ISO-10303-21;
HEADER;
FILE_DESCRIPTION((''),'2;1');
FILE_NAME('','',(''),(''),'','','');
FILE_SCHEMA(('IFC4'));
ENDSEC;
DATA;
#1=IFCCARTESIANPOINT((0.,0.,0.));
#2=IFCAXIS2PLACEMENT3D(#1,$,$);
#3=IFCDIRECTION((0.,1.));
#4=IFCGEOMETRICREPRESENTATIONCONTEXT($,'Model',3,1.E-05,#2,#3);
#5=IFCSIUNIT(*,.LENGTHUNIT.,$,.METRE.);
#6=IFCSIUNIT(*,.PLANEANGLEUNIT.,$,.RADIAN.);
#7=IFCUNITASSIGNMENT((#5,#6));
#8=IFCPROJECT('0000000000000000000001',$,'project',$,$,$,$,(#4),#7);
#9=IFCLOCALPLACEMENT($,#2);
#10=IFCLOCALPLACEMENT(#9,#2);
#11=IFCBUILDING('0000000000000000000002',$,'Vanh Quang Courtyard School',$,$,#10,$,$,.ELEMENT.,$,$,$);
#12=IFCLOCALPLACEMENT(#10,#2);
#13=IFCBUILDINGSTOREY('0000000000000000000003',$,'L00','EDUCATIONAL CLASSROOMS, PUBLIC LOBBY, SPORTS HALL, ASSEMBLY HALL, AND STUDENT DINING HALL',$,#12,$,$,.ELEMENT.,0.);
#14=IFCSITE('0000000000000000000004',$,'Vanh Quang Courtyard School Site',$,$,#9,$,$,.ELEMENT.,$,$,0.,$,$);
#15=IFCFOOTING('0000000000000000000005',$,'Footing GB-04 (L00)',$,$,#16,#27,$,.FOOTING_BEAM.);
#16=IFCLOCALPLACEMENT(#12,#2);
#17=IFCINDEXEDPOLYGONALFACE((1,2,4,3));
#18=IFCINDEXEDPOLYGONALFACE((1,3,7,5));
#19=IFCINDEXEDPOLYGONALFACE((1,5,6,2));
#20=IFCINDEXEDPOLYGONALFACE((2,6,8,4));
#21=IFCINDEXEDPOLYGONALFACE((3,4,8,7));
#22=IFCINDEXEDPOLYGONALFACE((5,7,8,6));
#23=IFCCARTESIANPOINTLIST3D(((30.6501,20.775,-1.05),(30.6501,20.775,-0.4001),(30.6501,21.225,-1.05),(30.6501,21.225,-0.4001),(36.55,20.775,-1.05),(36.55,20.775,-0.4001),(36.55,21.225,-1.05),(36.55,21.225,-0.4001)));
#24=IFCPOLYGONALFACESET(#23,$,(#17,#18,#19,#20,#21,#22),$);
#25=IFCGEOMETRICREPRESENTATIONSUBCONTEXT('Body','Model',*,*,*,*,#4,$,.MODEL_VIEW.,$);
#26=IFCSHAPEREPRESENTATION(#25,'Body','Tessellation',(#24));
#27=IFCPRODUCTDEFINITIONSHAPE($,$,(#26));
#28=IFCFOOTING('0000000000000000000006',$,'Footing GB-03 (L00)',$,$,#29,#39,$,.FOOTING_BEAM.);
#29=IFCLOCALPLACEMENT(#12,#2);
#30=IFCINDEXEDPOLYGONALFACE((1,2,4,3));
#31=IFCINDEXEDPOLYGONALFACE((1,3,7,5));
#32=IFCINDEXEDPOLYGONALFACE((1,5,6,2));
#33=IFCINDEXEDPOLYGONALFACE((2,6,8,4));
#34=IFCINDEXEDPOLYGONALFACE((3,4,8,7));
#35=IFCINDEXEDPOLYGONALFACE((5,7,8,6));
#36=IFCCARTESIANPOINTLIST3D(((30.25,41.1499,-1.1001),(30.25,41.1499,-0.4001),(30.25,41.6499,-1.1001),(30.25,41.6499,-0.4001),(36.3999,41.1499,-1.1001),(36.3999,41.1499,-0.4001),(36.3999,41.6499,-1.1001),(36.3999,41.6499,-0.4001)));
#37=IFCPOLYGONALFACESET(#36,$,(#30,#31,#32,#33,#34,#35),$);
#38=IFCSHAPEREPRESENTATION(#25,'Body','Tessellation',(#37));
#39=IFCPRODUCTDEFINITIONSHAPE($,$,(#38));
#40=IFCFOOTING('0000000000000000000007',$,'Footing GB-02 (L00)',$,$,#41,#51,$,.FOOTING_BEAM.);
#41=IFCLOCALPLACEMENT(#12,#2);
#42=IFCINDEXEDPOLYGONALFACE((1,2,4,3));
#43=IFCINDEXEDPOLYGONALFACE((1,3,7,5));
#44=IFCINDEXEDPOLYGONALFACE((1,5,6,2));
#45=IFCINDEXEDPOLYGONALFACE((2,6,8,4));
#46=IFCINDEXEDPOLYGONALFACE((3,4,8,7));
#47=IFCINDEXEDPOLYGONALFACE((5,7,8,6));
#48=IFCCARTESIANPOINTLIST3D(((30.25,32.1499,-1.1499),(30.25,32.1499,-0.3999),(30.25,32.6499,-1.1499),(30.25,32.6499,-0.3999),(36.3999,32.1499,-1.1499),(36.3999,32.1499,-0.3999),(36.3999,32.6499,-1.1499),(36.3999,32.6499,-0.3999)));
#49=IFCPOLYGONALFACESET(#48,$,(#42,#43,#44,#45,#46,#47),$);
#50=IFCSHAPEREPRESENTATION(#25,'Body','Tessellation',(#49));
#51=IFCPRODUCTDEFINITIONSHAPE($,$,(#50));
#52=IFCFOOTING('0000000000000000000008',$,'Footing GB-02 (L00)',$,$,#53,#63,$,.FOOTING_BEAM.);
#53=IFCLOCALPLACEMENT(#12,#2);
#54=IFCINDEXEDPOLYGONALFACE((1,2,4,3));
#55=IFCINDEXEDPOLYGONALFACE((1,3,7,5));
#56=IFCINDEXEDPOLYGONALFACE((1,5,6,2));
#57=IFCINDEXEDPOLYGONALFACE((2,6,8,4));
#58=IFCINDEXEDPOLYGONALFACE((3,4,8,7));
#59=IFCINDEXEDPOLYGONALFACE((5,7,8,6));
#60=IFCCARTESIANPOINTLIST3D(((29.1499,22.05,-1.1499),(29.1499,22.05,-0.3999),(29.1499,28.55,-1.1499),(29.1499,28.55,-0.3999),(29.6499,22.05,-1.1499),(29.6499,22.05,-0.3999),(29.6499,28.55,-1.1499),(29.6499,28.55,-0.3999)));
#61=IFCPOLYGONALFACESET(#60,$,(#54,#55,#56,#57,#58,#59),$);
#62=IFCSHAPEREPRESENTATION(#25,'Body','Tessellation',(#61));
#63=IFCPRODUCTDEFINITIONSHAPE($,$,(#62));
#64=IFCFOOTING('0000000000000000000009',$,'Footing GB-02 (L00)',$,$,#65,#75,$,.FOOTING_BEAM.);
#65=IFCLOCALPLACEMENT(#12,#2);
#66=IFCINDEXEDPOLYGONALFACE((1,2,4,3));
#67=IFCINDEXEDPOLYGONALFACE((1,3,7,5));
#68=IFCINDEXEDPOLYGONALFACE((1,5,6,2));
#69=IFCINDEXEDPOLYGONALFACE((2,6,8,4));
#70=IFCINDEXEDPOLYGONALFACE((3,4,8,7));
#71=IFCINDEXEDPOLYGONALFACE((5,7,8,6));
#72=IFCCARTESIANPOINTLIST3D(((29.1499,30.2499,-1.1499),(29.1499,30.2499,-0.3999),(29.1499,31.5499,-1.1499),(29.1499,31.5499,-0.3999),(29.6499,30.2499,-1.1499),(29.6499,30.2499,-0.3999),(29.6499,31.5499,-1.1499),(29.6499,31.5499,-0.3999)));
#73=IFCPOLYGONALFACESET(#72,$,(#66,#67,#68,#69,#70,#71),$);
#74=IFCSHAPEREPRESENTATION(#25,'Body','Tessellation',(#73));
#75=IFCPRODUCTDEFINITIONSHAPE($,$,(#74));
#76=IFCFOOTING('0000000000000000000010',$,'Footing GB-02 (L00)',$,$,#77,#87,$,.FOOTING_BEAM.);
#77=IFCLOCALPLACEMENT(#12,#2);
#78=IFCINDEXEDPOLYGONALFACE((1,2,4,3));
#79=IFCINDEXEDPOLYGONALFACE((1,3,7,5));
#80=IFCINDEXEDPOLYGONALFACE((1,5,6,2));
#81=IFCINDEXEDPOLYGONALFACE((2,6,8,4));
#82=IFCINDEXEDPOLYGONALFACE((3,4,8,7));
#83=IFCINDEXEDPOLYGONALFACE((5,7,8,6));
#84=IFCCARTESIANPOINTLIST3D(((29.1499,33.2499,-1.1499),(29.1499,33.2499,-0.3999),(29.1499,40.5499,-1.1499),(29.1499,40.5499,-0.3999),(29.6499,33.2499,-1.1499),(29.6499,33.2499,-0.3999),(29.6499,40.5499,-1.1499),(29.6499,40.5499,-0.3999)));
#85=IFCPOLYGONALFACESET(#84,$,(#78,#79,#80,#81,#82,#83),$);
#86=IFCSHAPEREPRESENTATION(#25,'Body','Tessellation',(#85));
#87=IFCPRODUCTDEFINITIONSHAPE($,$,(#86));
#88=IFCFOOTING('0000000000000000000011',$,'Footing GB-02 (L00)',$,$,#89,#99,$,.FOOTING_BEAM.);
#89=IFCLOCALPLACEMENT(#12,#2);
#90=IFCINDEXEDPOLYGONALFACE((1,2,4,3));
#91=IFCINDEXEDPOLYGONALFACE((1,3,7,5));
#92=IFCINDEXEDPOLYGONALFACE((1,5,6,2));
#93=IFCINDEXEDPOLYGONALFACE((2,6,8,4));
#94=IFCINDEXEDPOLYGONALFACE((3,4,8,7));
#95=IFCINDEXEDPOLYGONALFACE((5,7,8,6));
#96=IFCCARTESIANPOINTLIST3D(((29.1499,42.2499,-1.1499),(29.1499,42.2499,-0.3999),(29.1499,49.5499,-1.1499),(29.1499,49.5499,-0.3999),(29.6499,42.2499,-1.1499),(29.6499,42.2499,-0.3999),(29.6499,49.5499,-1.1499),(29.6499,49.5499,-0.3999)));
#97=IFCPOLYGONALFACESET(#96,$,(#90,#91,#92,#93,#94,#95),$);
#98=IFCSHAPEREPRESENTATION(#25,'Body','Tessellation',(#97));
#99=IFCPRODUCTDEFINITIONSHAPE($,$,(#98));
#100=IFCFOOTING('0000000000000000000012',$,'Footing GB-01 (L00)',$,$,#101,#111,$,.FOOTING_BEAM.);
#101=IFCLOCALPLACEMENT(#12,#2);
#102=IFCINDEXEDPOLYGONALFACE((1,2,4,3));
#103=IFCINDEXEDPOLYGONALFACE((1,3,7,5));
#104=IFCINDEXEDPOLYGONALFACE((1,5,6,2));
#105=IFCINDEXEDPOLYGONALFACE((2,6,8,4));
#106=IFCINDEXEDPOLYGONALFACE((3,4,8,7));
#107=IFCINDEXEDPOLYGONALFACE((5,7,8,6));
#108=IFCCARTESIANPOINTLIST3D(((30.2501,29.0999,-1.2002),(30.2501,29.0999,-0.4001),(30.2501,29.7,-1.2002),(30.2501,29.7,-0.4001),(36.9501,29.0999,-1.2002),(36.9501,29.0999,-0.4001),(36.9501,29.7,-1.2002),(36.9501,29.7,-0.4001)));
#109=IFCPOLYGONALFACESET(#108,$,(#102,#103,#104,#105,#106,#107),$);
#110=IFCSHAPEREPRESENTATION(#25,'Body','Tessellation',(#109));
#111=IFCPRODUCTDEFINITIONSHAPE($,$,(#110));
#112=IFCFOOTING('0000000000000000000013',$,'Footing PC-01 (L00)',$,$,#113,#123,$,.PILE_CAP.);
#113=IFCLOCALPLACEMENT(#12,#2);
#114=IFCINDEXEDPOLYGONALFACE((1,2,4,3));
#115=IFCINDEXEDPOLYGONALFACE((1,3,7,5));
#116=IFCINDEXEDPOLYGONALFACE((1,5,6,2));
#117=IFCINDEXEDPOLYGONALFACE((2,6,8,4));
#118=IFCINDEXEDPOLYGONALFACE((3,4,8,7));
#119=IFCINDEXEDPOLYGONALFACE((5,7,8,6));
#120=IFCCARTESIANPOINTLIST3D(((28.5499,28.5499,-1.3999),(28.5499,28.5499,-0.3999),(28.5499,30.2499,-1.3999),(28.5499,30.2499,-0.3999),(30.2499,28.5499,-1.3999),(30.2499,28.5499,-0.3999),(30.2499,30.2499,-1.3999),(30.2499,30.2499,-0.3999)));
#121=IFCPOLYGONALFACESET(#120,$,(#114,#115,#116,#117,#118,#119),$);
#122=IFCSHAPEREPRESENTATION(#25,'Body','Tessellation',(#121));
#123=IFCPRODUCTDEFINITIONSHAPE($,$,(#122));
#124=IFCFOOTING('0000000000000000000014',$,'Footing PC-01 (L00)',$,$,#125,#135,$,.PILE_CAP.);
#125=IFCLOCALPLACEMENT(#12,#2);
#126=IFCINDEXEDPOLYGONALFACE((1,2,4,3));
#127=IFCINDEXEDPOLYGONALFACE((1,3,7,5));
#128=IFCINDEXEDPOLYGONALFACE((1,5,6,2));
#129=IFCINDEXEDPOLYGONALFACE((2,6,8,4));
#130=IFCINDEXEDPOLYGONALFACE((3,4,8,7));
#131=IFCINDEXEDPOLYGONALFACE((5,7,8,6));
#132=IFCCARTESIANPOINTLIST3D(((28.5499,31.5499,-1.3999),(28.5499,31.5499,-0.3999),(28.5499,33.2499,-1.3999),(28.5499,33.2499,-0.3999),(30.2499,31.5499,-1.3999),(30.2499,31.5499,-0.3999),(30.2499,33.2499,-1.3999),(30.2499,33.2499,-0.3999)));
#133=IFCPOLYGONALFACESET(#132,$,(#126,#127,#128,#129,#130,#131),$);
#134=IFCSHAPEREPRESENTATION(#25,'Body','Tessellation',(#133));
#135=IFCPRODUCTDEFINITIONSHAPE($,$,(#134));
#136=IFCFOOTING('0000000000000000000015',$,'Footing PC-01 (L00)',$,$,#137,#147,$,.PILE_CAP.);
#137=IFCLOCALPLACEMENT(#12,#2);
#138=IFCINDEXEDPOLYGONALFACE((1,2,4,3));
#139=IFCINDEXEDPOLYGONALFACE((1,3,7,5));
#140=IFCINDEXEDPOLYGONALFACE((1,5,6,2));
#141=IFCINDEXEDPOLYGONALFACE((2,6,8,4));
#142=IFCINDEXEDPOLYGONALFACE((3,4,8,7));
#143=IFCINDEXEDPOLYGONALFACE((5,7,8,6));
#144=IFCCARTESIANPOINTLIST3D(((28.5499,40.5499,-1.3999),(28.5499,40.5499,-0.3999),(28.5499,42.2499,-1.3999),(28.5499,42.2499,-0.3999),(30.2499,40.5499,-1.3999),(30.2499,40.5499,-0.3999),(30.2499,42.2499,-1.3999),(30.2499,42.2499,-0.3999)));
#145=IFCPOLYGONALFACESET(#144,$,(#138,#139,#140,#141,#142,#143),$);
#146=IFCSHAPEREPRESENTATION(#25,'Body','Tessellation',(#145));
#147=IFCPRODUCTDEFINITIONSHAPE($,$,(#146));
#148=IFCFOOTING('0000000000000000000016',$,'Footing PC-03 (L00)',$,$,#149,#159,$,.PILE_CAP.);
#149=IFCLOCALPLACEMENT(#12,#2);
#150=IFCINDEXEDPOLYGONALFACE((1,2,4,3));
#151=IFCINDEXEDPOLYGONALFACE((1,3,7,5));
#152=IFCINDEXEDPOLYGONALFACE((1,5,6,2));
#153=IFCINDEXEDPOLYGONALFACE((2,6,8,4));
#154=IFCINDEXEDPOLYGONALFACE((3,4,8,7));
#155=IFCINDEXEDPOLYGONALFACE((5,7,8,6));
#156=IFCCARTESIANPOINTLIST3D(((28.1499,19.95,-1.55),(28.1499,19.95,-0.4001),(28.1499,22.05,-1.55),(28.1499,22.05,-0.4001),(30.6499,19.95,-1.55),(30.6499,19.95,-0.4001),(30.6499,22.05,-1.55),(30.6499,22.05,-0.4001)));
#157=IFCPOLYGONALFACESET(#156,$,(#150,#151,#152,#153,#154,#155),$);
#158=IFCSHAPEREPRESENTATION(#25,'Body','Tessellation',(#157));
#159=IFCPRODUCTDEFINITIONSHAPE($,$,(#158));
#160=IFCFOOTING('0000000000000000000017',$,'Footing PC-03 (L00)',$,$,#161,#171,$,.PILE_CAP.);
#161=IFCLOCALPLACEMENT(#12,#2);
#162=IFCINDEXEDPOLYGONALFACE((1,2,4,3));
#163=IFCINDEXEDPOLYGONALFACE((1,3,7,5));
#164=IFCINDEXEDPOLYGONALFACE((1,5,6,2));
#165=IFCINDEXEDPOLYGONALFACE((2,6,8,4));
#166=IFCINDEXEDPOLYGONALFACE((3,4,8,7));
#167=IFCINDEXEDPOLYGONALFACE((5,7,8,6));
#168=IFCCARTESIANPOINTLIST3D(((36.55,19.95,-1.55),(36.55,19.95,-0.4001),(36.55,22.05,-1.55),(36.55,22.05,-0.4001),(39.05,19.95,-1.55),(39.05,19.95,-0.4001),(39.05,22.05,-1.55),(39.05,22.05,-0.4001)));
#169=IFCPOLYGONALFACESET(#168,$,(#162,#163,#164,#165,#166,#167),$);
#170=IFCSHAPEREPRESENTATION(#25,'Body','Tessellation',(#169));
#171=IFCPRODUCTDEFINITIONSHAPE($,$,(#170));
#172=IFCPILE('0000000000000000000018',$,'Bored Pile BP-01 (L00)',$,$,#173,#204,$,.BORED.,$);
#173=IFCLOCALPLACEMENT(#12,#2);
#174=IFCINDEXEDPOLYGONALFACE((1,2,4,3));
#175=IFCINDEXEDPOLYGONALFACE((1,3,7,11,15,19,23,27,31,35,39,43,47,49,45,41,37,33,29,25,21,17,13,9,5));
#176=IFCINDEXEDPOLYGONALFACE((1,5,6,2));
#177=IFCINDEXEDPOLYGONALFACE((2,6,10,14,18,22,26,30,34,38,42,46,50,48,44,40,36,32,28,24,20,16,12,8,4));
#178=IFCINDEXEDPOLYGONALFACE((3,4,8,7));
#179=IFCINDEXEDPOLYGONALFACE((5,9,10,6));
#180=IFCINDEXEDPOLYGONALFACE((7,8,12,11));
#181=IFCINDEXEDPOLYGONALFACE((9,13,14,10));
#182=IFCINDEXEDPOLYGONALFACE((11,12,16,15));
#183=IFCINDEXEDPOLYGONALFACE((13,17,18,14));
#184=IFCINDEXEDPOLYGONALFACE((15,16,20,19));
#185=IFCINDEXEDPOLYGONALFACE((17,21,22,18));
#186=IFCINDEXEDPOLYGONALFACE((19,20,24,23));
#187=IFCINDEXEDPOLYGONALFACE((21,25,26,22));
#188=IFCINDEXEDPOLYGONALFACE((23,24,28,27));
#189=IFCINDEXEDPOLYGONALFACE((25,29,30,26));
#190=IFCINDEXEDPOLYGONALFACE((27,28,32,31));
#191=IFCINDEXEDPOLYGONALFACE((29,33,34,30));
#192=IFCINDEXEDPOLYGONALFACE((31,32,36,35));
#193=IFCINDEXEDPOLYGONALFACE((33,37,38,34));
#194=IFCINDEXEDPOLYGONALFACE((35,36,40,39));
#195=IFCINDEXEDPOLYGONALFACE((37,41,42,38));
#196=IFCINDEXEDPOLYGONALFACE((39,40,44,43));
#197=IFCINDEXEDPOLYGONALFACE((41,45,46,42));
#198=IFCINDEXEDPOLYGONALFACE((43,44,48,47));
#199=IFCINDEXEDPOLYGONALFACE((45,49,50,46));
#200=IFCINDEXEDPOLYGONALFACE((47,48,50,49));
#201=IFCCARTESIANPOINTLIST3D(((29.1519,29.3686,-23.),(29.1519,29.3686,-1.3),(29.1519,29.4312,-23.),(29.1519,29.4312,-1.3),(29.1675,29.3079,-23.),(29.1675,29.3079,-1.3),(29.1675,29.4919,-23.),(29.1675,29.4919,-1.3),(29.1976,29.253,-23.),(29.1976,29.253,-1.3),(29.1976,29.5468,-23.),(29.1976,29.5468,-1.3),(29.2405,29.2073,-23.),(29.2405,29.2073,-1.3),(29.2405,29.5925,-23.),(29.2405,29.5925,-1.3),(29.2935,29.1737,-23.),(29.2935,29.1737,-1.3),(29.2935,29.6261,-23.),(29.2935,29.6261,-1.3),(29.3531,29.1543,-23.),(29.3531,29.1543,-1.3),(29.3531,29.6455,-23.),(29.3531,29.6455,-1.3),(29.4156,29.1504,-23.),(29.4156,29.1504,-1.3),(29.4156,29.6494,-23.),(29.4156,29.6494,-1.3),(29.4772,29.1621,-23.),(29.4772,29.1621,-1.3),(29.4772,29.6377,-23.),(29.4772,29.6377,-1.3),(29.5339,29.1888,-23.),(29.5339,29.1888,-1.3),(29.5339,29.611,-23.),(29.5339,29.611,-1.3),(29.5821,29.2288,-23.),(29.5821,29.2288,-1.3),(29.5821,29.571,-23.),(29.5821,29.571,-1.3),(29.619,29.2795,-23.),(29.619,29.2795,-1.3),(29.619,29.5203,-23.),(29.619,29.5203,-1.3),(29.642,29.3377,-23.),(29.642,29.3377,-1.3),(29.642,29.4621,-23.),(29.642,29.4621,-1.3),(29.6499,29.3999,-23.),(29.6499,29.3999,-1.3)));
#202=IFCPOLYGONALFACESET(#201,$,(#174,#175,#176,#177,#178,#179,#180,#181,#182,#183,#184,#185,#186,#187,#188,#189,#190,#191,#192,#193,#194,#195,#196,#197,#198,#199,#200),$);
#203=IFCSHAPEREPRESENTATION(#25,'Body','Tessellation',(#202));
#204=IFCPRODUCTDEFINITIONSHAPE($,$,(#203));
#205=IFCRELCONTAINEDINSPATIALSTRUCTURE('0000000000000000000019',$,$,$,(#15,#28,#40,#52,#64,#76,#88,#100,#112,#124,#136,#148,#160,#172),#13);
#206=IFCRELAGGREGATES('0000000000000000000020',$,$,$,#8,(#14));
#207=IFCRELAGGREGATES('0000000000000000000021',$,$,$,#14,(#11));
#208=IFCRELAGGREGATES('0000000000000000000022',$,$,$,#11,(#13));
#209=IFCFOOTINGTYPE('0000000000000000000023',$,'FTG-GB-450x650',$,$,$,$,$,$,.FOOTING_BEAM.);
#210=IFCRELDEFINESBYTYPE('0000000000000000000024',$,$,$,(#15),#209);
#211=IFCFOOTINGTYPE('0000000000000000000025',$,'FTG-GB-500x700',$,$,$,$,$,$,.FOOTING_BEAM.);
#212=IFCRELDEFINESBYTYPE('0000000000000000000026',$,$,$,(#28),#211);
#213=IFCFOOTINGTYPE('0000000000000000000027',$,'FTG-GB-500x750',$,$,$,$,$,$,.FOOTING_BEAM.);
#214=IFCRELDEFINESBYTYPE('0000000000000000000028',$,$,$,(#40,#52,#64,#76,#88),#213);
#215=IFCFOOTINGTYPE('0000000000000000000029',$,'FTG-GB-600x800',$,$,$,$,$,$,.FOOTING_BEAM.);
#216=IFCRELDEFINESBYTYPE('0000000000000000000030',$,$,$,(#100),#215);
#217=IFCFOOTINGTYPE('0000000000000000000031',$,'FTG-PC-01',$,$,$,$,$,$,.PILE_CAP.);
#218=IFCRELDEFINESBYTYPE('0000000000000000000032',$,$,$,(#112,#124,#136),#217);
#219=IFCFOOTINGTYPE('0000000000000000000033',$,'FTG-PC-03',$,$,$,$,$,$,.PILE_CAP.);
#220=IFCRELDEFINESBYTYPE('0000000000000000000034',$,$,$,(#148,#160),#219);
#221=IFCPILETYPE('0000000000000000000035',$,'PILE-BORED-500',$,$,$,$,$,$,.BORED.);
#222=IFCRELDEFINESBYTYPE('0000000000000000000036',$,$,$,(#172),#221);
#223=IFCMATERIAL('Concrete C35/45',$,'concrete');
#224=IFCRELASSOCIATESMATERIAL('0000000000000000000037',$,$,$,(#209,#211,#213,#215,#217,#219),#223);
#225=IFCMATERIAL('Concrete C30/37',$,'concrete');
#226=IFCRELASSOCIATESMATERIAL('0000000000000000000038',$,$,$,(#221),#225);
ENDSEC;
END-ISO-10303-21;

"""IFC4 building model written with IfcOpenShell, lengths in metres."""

from ifc_helpers import new_model, si_unit, direction, frame, origin, origin_2d, place, context, subcontext, project, spatial, rectangle, circle, extrude, material, material_profile, profile_set, type_object, element, save


model = new_model("IFC4")

# Units and contexts
model_context = context("Model", 3, precision=1e-05, world=origin(), true_north=direction((0.0, 1.0)))
body_context = subcontext(model_context, "Body", "Model", "MODEL_VIEW")
ifc_project = project(units=[si_unit("LENGTHUNIT", "METRE"), si_unit("PLANEANGLEUNIT", "RADIAN")], contexts=[model_context])

# Site, building, storey
site_placement = place(None, origin())
site = spatial("IfcSite", under=ifc_project, at=site_placement, Name="Vanh Quang Courtyard School Site", CompositionType="ELEMENT", RefElevation=0.0)
building_placement = place(site_placement, origin())
building = spatial("IfcBuilding", under=site, at=building_placement, Name="Vanh Quang Courtyard School", CompositionType="ELEMENT")
storey_placement = place(building_placement, origin())
storey = spatial("IfcBuildingStorey", under=building, at=storey_placement, Name="L00", Description="EDUCATIONAL CLASSROOMS, PUBLIC LOBBY, SPORTS HALL, ASSEMBLY HALL, AND STUDENT DINING HALL", CompositionType="ELEMENT", Elevation=0.0)

# Footings
ifc_material_1 = material(Name="Concrete C35/45", Category="concrete")
footing_type_1 = type_object("IfcFootingType", Name="FTG-GB-450x650", PredefinedType="FOOTING_BEAM", material=ifc_material_1)
footing_1_placement = place(storey_placement, frame((33.6001, 21.0, -1.05), z_axis=(0.0, 0.0, 1.0), x_axis=(1.0, 0.0, 0.0)))
element("IfcFooting", 1, at=footing_1_placement, inside=storey, type_object=footing_type_1, Name="Footing GB-04 (L00)", PredefinedType="FOOTING_BEAM", context=body_context, shape_type="SweptSolid", body=[
    extrude(rectangle(XDim=5.8999, YDim=0.45, at=origin_2d()), origin(), (0.0, 0.0, 1.0), 0.6499),
])
footing_type_2 = type_object("IfcFootingType", Name="FTG-GB-500x700", PredefinedType="FOOTING_BEAM", material=ifc_material_1)
footing_2_placement = place(storey_placement, frame((33.325, 41.3999, -1.1001), z_axis=(0.0, 0.0, 1.0), x_axis=(1.0, 0.0, 0.0)))
element("IfcFooting", 2, at=footing_2_placement, inside=storey, type_object=footing_type_2, Name="Footing GB-03 (L00)", PredefinedType="FOOTING_BEAM", context=body_context, shape_type="SweptSolid", body=[
    extrude(rectangle(XDim=6.1499, YDim=0.5, at=origin_2d()), origin(), (0.0, 0.0, 1.0), 0.7),
])
footing_type_3 = type_object("IfcFootingType", Name="FTG-GB-500x750", PredefinedType="FOOTING_BEAM", material=ifc_material_1)
footing_3_placement = place(storey_placement, frame((33.325, 32.3999, -1.1499), z_axis=(0.0, 0.0, 1.0), x_axis=(1.0, 0.0, 0.0)))
element("IfcFooting", 3, at=footing_3_placement, inside=storey, type_object=footing_type_3, Name="Footing GB-02 (L00)", PredefinedType="FOOTING_BEAM", context=body_context, shape_type="SweptSolid", body=[
    extrude(rectangle(XDim=6.1499, YDim=0.5, at=origin_2d()), origin(), (0.0, 0.0, 1.0), 0.75),
])
footing_4_placement = place(storey_placement, frame((29.3999, 25.3, -1.1499), z_axis=(0.0, 0.0, 1.0), x_axis=(0.0, 1.0, 0.0)))
element("IfcFooting", 4, at=footing_4_placement, inside=storey, type_object=footing_type_3, Name="Footing GB-02 (L00)", PredefinedType="FOOTING_BEAM", context=body_context, shape_type="SweptSolid", body=[
    extrude(rectangle(XDim=6.5, YDim=0.5, at=origin_2d()), origin(), (0.0, 0.0, 1.0), 0.75),
])
footing_5_placement = place(storey_placement, frame((29.3999, 30.8999, -1.1499), z_axis=(0.0, 0.0, 1.0), x_axis=(0.0, 1.0, 0.0)))
element("IfcFooting", 5, at=footing_5_placement, inside=storey, type_object=footing_type_3, Name="Footing GB-02 (L00)", PredefinedType="FOOTING_BEAM", context=body_context, shape_type="SweptSolid", body=[
    extrude(rectangle(XDim=1.3, YDim=0.5, at=origin_2d()), origin(), (0.0, 0.0, 1.0), 0.75),
])
for number, where, z_axis, x_axis, name in (
    (6, (29.3999, 36.8999, -1.1499), (0.0, 0.0, 1.0), (0.0, 1.0, 0.0), "Footing GB-02 (L00)"),
    (7, (29.3999, 45.8999, -1.1499), (0.0, 0.0, 1.0), (0.0, 1.0, 0.0), "Footing GB-02 (L00)"),
):
    element("IfcFooting", number, at=place(storey_placement, frame(where, z_axis=z_axis, x_axis=x_axis)), inside=storey, type_object=footing_type_3, Name=name, PredefinedType="FOOTING_BEAM", context=body_context, shape_type="SweptSolid", body=[
        extrude(rectangle(XDim=7.3, YDim=0.5, at=origin_2d()), origin(), (0.0, 0.0, 1.0), 0.75),
    ])
footing_type_4 = type_object("IfcFootingType", Name="FTG-GB-600x800", PredefinedType="FOOTING_BEAM", material=ifc_material_1)
footing_6_placement = place(storey_placement, frame((33.6001, 29.3999, -1.2002), z_axis=(0.0, 0.0, 1.0), x_axis=(1.0, 0.0, 0.0)))
element("IfcFooting", 8, at=footing_6_placement, inside=storey, type_object=footing_type_4, Name="Footing GB-01 (L00)", PredefinedType="FOOTING_BEAM", context=body_context, shape_type="SweptSolid", body=[
    extrude(rectangle(XDim=6.7, YDim=0.6001, at=origin_2d()), origin(), (0.0, 0.0, 1.0), 0.8),
])
footing_type_5 = type_object("IfcFootingType", Name="FTG-PC-01", PredefinedType="PILE_CAP", material=ifc_material_1)
for number, where, z_axis, x_axis, name in (
    (9, (29.3999, 29.3999, -1.3999), (0.0, 0.0, 1.0), (1.0, 0.0, 0.0), "Footing PC-01 (L00)"),
    (10, (29.3999, 32.3999, -1.3999), (0.0, 0.0, 1.0), (1.0, 0.0, 0.0), "Footing PC-01 (L00)"),
    (11, (29.3999, 41.3999, -1.3999), (0.0, 0.0, 1.0), (1.0, 0.0, 0.0), "Footing PC-01 (L00)"),
):
    element("IfcFooting", number, at=place(storey_placement, frame(where, z_axis=z_axis, x_axis=x_axis)), inside=storey, type_object=footing_type_5, Name=name, PredefinedType="PILE_CAP", context=body_context, shape_type="SweptSolid", body=[
        extrude(rectangle(XDim=1.7, YDim=1.7, at=origin_2d()), origin(), (0.0, 0.0, 1.0), 1.0),
    ])
footing_type_6 = type_object("IfcFootingType", Name="FTG-PC-03", PredefinedType="PILE_CAP", material=ifc_material_1)
for number, where, z_axis, x_axis, name in (
    (12, (29.3999, 21.0, -1.55), (0.0, 0.0, 1.0), (1.0, 0.0, 0.0), "Footing PC-03 (L00)"),
    (13, (37.8, 21.0, -1.55), (0.0, 0.0, 1.0), (1.0, 0.0, 0.0), "Footing PC-03 (L00)"),
):
    element("IfcFooting", number, at=place(storey_placement, frame(where, z_axis=z_axis, x_axis=x_axis)), inside=storey, type_object=footing_type_6, Name=name, PredefinedType="PILE_CAP", context=body_context, shape_type="SweptSolid", body=[
        extrude(rectangle(XDim=2.5, YDim=2.1001, at=origin_2d()), origin(), (0.0, 0.0, 1.0), 1.1499),
    ])

# Pile
ifc_material_2 = material(Name="Concrete C30/37", Category="concrete")
ifc_material_profile_1 = material_profile(ifc_material_2, circle(Radius=0.25, at=origin_2d()), Name="PILE D500")
ifc_profile_set_1 = profile_set([ifc_material_profile_1], Name="Concrete C30/37")
pile_type_1 = type_object("IfcPileType", Name="PILE-BORED-500", PredefinedType="BORED", material=ifc_profile_set_1)
for number, where, z_axis, x_axis, name in (
    (14, (29.3999, 29.3999, -1.3), (0.0, 0.0, -1.0), (1.0, 0.0, 0.0), "Bored Pile BP-01 (L00)"),
):
    element("IfcPile", number, at=place(storey_placement, frame(where, z_axis=z_axis, x_axis=x_axis)), inside=storey, type_object=pile_type_1, Name=name, PredefinedType="BORED", context=body_context, shape_type="SweptSolid", body=[
        extrude(circle(Radius=0.25, at=origin_2d()), origin(), (0.0, 0.0, 1.0), 21.7),
    ])

save(model, "model.ifc")
